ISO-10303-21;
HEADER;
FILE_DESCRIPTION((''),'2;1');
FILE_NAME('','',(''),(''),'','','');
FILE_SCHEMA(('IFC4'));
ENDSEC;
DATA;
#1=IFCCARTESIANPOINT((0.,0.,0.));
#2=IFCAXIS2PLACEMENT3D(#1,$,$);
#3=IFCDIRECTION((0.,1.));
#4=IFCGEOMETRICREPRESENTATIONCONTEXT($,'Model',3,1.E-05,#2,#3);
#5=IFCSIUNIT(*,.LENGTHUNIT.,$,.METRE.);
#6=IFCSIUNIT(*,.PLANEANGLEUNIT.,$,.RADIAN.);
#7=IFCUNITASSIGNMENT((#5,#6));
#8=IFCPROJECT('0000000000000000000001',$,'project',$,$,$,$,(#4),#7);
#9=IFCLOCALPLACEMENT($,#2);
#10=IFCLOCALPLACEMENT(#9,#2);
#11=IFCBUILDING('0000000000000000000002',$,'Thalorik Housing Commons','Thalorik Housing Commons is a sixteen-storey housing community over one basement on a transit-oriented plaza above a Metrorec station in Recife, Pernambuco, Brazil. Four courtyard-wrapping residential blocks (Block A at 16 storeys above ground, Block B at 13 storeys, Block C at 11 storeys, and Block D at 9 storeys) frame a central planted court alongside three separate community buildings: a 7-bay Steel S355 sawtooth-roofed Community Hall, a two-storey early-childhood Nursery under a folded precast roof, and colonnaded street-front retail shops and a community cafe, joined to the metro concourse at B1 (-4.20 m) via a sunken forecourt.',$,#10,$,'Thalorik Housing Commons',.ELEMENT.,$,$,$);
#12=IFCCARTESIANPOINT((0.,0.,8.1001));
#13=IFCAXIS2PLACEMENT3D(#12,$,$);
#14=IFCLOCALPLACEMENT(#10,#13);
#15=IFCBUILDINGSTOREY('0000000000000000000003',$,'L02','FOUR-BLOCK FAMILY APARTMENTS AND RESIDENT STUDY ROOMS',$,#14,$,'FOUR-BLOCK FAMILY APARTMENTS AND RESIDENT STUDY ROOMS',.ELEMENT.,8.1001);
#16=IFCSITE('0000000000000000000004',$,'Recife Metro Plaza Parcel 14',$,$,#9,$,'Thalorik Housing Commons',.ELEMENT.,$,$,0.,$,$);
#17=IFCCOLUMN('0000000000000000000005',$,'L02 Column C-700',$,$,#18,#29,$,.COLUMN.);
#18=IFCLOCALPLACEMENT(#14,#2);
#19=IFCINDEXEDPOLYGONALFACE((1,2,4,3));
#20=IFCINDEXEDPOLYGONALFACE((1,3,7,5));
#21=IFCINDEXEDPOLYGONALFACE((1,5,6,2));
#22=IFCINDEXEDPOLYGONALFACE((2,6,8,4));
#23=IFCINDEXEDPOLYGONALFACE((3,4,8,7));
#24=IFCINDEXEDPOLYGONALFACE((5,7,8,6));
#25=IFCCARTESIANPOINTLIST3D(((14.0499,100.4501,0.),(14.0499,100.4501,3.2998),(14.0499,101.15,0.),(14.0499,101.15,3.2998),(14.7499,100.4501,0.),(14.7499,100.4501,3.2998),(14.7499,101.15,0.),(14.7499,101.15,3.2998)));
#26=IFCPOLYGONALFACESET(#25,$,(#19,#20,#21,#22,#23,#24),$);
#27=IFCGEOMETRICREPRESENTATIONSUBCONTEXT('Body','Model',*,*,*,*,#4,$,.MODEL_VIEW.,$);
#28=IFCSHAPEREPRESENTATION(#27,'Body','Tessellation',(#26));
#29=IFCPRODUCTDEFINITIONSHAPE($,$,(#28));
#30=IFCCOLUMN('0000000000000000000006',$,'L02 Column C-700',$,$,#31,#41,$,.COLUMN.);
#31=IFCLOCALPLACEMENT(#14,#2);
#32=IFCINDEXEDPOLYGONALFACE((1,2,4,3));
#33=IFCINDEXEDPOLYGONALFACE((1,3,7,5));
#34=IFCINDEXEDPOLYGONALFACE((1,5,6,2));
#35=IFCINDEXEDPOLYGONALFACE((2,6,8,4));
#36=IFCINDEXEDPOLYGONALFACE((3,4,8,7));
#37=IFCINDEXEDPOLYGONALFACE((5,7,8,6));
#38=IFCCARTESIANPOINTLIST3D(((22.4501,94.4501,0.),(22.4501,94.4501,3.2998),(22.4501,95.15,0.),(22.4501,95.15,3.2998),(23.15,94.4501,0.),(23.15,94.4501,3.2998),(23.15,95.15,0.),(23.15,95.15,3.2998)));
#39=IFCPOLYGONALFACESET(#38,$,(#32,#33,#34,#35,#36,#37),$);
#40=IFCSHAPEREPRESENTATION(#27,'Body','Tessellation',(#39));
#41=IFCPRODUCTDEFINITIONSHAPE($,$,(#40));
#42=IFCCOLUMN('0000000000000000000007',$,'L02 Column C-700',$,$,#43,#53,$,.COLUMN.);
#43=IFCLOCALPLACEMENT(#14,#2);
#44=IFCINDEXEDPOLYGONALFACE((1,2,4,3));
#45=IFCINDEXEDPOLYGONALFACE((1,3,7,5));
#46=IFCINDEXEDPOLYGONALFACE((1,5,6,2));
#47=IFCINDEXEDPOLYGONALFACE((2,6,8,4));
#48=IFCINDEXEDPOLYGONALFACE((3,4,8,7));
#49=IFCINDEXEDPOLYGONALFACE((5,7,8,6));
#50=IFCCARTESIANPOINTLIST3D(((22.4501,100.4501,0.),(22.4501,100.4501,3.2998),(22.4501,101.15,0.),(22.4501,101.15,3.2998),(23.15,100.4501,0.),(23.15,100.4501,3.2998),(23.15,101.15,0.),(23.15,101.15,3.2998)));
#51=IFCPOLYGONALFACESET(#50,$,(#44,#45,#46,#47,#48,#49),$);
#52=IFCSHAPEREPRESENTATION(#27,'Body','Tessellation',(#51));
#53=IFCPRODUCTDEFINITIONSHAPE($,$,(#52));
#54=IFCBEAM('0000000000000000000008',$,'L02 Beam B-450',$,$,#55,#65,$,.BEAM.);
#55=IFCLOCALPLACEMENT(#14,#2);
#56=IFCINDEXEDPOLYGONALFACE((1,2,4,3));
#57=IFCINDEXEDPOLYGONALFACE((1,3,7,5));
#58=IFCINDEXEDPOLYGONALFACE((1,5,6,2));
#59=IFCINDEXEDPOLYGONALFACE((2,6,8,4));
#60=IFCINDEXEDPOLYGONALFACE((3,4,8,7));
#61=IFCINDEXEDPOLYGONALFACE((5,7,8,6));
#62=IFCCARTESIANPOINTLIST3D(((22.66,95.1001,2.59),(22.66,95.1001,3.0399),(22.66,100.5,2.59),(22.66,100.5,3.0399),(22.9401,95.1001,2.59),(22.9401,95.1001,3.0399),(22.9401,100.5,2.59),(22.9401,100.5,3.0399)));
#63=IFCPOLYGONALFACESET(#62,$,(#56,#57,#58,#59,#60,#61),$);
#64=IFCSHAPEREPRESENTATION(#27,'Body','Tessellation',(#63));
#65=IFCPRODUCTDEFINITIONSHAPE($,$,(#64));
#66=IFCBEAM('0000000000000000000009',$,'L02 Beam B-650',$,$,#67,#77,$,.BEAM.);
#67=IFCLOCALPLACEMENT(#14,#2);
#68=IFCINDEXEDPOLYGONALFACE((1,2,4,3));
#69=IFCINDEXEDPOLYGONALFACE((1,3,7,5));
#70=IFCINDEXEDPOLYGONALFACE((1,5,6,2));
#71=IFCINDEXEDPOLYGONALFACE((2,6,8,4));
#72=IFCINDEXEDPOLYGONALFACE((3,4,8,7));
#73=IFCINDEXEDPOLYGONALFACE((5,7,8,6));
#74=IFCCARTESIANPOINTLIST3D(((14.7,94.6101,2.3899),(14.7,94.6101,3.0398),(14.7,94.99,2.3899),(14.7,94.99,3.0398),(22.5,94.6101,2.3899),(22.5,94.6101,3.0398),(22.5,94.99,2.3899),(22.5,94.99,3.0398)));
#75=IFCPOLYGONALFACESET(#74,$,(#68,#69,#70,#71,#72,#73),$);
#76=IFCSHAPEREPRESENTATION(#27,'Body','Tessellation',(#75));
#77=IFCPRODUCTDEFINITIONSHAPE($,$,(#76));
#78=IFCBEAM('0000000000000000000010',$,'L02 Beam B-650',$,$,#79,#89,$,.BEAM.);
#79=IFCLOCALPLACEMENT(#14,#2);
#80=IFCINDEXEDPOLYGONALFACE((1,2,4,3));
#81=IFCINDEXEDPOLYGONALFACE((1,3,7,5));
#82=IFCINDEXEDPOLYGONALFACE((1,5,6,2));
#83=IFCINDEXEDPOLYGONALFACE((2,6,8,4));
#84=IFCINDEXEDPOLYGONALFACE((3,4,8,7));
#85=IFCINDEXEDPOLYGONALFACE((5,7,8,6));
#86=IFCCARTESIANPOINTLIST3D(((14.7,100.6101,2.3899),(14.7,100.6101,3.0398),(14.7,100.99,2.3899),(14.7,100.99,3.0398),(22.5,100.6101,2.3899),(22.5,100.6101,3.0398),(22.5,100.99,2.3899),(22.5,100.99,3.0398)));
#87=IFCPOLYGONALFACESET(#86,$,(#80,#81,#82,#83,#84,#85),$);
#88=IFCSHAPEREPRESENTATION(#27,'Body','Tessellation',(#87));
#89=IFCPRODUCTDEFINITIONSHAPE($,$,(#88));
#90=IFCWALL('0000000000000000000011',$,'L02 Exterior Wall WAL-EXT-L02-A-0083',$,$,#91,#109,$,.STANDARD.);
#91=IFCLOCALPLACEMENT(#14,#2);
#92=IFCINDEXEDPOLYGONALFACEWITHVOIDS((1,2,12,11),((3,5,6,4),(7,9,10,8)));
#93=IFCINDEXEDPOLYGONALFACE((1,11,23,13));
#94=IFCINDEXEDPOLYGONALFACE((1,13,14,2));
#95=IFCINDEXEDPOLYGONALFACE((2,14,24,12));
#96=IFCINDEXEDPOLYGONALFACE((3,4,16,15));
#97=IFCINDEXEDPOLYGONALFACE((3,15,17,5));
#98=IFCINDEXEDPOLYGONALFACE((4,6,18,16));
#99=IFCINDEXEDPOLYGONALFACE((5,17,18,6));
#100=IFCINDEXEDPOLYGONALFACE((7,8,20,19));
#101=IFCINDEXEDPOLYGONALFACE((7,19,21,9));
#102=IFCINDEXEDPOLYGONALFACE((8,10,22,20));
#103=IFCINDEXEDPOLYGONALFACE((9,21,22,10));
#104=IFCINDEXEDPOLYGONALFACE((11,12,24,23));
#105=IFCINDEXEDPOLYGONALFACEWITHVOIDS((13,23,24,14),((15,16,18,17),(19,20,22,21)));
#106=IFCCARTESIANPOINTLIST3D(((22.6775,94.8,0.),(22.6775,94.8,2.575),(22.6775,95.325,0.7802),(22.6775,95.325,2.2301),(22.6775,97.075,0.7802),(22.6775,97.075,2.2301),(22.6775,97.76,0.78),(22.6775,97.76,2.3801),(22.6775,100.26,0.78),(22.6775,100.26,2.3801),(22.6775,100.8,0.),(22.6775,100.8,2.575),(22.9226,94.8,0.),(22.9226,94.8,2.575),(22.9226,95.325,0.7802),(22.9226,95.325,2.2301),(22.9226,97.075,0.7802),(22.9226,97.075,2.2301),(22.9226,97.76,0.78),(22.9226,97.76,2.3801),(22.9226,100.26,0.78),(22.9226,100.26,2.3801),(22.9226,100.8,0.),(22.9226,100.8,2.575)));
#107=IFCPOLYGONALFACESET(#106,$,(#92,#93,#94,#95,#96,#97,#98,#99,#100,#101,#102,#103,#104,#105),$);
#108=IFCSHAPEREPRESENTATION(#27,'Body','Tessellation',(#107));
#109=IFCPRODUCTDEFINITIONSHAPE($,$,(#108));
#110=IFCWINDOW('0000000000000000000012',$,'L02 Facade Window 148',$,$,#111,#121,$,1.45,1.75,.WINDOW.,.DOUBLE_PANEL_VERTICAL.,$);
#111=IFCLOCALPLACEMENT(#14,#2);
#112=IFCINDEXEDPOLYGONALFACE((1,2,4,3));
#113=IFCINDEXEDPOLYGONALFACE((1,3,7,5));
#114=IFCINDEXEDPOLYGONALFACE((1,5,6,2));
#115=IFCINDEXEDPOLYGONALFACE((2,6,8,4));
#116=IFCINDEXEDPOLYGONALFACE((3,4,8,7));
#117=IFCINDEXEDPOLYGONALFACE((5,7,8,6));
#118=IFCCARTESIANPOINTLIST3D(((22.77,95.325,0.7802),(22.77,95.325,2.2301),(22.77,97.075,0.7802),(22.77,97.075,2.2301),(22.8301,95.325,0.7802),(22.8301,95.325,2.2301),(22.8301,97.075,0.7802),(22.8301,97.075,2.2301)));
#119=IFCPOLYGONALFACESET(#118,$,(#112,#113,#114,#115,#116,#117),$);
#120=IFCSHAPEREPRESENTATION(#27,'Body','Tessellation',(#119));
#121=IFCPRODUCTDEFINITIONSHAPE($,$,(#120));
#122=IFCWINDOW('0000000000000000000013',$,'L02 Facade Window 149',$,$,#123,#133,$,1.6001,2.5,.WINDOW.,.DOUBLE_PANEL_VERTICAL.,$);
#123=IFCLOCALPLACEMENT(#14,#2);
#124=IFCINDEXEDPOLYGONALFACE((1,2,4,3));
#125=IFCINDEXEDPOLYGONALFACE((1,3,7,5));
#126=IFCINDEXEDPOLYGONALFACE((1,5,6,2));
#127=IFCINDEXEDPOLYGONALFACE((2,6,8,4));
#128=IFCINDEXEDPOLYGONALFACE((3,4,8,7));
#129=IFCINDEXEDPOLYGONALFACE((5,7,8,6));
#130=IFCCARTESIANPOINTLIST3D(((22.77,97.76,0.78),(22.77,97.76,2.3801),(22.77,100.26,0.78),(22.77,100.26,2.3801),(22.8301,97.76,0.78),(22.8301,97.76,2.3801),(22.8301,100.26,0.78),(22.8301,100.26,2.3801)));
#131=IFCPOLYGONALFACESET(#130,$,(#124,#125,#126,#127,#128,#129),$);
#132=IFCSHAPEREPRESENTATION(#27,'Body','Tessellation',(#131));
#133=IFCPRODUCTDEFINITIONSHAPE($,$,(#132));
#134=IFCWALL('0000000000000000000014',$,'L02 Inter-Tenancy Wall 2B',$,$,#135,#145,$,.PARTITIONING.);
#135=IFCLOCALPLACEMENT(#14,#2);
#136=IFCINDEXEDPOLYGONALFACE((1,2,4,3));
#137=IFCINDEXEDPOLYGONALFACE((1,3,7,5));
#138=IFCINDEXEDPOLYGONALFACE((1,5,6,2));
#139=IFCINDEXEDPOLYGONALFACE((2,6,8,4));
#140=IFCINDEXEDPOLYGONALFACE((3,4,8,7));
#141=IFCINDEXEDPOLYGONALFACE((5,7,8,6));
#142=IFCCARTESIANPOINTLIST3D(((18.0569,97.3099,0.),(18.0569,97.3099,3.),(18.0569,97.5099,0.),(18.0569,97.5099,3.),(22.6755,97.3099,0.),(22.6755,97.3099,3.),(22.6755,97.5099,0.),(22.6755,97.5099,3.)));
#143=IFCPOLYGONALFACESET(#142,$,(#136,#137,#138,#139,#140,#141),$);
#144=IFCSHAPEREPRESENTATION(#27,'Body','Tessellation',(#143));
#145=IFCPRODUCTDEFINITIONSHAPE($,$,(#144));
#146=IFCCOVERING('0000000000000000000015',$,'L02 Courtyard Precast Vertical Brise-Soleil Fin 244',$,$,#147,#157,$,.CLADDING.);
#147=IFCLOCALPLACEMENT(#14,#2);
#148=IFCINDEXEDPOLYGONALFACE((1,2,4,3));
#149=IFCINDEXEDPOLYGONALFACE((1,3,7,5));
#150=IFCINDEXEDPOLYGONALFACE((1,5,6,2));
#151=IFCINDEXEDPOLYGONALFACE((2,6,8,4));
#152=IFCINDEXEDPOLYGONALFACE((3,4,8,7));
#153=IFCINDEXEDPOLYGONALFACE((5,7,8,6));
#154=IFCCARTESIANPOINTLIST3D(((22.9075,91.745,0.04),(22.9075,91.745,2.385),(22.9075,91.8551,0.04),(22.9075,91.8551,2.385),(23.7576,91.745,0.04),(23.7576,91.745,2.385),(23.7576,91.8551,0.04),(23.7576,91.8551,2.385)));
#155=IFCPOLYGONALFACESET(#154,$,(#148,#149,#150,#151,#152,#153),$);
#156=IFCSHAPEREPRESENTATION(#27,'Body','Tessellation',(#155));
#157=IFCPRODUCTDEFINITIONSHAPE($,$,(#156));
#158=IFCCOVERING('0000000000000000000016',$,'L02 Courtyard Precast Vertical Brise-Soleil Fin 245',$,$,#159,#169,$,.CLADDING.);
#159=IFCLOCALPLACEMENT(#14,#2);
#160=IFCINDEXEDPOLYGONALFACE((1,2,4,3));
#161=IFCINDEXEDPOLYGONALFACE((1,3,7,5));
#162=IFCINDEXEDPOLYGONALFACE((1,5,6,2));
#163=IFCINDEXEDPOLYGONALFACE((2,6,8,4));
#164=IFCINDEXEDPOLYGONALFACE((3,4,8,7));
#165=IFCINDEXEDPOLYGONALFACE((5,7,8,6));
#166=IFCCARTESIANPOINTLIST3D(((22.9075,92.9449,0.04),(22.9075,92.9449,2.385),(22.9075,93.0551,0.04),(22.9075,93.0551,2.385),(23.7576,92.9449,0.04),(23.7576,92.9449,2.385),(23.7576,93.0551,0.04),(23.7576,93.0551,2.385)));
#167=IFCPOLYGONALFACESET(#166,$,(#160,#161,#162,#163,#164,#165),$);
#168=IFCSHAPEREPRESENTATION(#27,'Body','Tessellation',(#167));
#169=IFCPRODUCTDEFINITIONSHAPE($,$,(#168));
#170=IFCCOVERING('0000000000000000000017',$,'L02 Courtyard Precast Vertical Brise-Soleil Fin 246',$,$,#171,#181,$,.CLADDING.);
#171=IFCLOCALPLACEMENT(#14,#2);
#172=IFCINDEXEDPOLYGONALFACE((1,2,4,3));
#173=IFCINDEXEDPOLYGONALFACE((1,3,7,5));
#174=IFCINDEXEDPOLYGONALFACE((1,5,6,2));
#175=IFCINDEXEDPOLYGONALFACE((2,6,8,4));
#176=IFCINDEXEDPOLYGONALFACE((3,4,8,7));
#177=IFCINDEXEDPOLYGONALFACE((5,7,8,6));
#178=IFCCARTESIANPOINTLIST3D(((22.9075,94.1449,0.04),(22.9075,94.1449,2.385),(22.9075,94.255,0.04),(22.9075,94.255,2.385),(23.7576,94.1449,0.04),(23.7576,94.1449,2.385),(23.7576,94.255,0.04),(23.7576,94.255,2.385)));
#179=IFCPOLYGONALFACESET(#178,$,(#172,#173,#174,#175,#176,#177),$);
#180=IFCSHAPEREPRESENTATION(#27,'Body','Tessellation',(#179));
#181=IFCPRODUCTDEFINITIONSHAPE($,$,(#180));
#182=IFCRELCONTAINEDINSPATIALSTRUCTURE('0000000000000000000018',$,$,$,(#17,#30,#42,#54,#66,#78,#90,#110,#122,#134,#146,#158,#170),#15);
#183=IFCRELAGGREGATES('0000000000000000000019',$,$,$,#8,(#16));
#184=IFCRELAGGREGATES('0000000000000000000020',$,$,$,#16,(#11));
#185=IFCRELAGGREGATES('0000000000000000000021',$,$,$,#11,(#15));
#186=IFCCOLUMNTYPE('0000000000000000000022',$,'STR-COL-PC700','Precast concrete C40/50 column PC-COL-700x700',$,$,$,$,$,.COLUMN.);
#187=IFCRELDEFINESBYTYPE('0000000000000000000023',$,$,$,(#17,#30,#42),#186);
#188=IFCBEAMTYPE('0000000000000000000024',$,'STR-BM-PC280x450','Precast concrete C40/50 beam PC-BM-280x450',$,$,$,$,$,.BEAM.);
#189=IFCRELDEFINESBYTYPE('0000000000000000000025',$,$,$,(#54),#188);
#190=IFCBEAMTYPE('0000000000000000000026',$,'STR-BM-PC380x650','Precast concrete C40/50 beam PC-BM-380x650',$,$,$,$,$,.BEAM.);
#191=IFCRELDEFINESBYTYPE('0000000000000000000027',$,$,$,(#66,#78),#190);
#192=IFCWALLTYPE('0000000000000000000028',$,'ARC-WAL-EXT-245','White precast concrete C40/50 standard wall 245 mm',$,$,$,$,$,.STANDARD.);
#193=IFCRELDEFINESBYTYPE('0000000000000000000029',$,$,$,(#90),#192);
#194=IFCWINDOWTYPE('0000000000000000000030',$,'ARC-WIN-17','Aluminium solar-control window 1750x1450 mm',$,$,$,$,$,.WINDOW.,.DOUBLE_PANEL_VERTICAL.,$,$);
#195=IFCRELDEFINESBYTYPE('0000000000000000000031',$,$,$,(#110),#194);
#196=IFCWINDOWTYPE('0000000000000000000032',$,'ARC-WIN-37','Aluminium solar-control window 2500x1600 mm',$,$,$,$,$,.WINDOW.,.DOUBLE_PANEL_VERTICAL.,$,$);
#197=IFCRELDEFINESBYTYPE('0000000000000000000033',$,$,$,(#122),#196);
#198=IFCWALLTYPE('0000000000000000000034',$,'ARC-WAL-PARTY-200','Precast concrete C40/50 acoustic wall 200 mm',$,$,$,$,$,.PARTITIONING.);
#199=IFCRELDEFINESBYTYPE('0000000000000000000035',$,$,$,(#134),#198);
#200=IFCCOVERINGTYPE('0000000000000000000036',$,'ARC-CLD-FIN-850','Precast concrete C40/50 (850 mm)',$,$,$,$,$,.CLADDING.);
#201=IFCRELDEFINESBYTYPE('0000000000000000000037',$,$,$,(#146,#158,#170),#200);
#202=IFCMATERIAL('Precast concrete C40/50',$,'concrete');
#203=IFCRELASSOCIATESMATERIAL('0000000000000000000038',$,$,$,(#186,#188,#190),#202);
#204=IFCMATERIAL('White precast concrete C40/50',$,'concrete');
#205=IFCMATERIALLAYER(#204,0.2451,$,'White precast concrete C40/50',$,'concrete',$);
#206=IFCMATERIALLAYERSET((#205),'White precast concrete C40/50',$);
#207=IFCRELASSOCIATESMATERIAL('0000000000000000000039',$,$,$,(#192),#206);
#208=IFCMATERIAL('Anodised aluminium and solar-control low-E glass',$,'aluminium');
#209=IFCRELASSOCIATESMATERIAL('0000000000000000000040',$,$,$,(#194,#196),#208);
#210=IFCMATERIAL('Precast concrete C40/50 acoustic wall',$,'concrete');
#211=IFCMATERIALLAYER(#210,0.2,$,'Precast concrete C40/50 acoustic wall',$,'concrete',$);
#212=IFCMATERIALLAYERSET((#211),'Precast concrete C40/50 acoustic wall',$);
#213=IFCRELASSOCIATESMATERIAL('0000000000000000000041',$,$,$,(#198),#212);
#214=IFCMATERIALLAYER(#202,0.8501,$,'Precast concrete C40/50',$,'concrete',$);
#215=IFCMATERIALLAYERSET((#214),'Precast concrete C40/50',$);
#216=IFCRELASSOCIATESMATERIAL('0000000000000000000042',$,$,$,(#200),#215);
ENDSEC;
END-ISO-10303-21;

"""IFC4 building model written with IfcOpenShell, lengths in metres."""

from ifc_helpers import new_model, si_unit, direction, frame, frame_2d, origin, origin_2d, place, context, subcontext, project, spatial, rectangle, extrude, material, layer, layer_set, material_profile, profile_set, type_object, element, fill, save


model = new_model("IFC4")

# Units and contexts
model_context = context("Model", 3, precision=1e-05, world=origin(), true_north=direction((0.0, 1.0)))
body_context = subcontext(model_context, "Body", "Model", "MODEL_VIEW")
ifc_project = project(units=[si_unit("LENGTHUNIT", "METRE"), si_unit("PLANEANGLEUNIT", "RADIAN")], contexts=[model_context])

# Site, building, storey
site_placement = place(None, origin())
site = spatial("IfcSite", under=ifc_project, at=site_placement, Name="Recife Metro Plaza Parcel 14", LongName="Thalorik Housing Commons", CompositionType="ELEMENT", RefElevation=0.0)
building_placement = place(site_placement, origin())
building = spatial("IfcBuilding", under=site, at=building_placement, Name="Thalorik Housing Commons", Description="Thalorik Housing Commons is a sixteen-storey housing community over one basement on a transit-oriented plaza above a Metrorec station in Recife, Pernambuco, Brazil. Four courtyard-wrapping residential blocks (Block A at 16 storeys above ground, Block B at 13 storeys, Block C at 11 storeys, and Block D at 9 storeys) frame a central planted court alongside three separate community buildings: a 7-bay Steel S355 sawtooth-roofed Community Hall, a two-storey early-childhood Nursery under a folded precast roof, and colonnaded street-front retail shops and a community cafe, joined to the metro concourse at B1 (-4.20 m) via a sunken forecourt.", LongName="Thalorik Housing Commons", CompositionType="ELEMENT")
storey_placement = place(building_placement, frame((0.0, 0.0, 8.1001)))
storey = spatial("IfcBuildingStorey", under=building, at=storey_placement, Name="L02", Description="FOUR-BLOCK FAMILY APARTMENTS AND RESIDENT STUDY ROOMS", LongName="FOUR-BLOCK FAMILY APARTMENTS AND RESIDENT STUDY ROOMS", CompositionType="ELEMENT", Elevation=8.1001)

# Columns
ifc_material_1 = material(Name="Precast concrete C40/50", Category="concrete")
ifc_material_profile_1 = material_profile(ifc_material_1, rectangle(XDim=0.7, YDim=0.7, at=origin_2d()), Name="PC 700x700", Category="concrete")
ifc_profile_set_1 = profile_set([ifc_material_profile_1], Name="Precast concrete C40/50")
column_type = type_object("IfcColumnType", Name="STR-COL-PC700", Description="Precast concrete C40/50 column PC-COL-700x700", PredefinedType="COLUMN", material=ifc_profile_set_1)
for number, where, z_axis, x_axis, name in (
    (1, (14.3999, 100.8, 0.0), (0.0, 0.0, 1.0), (1.0, 0.0, 0.0), "L02 Column C-700"),
    (2, (22.8, 94.8, 0.0), (0.0, 0.0, 1.0), (1.0, 0.0, 0.0), "L02 Column C-700"),
    (3, (22.8, 100.8, 0.0), (0.0, 0.0, 1.0), (1.0, 0.0, 0.0), "L02 Column C-700"),
):
    element("IfcColumn", number, at=place(storey_placement, frame(where, z_axis=z_axis, x_axis=x_axis)), inside=storey, type_object=column_type, Name=name, PredefinedType="COLUMN", context=body_context, shape_type="SweptSolid", body=[
        extrude(rectangle(XDim=0.7, YDim=0.7, at=origin_2d()), origin(), (0.0, 0.0, 1.0), 3.2998),
    ])

# Beams
ifc_material_profile_2 = material_profile(ifc_material_1, rectangle(XDim=0.28, YDim=0.45, at=origin_2d()), Name="PC 280x450", Category="concrete")
ifc_profile_set_2 = profile_set([ifc_material_profile_2], Name="Precast concrete C40/50")
beam_type_1 = type_object("IfcBeamType", Name="STR-BM-PC280x450", Description="Precast concrete C40/50 beam PC-BM-280x450", PredefinedType="BEAM", material=ifc_profile_set_2)
beam_placement = place(storey_placement, frame((22.8, 95.1001, 2.8149), z_axis=(0.0, 1.0, 0.0), x_axis=(-1.0, 0.0, 0.0)))
element("IfcBeam", 4, at=beam_placement, inside=storey, type_object=beam_type_1, Name="L02 Beam B-450", PredefinedType="BEAM", context=body_context, shape_type="SweptSolid", body=[
    extrude(rectangle(XDim=0.28, YDim=0.45, at=origin_2d()), origin(), (0.0, 0.0, 1.0), 5.3999),
])
ifc_material_profile_3 = material_profile(ifc_material_1, rectangle(XDim=0.3799, YDim=0.6499, at=origin_2d()), Name="PC 380x650", Category="concrete")
ifc_profile_set_3 = profile_set([ifc_material_profile_3], Name="Precast concrete C40/50")
beam_type_2 = type_object("IfcBeamType", Name="STR-BM-PC380x650", Description="Precast concrete C40/50 beam PC-BM-380x650", PredefinedType="BEAM", material=ifc_profile_set_3)
for number, where, z_axis, x_axis, name in (
    (5, (14.7, 94.8, 2.7148), (1.0, 0.0, 0.0), (0.0, 1.0, 0.0), "L02 Beam B-650"),
    (6, (14.7, 100.8, 2.7148), (1.0, 0.0, 0.0), (0.0, 1.0, 0.0), "L02 Beam B-650"),
):
    element("IfcBeam", number, at=place(storey_placement, frame(where, z_axis=z_axis, x_axis=x_axis)), inside=storey, type_object=beam_type_2, Name=name, PredefinedType="BEAM", context=body_context, shape_type="SweptSolid", body=[
        extrude(rectangle(XDim=0.3799, YDim=0.6499, at=origin_2d()), origin(), (0.0, 0.0, 1.0), 7.8),
    ])

# Wall, openings, windows
ifc_material_2 = material(Name="White precast concrete C40/50", Category="concrete")
ifc_layer_1 = layer(ifc_material_2, 0.2451, Name="White precast concrete C40/50", Category="concrete")
ifc_layer_set_1 = layer_set([ifc_layer_1], Name="White precast concrete C40/50")
wall_type_1 = type_object("IfcWallType", Name="ARC-WAL-EXT-245", Description="White precast concrete C40/50 standard wall 245 mm", PredefinedType="STANDARD", material=ifc_layer_set_1)
wall_1_placement = place(storey_placement, frame((22.8, 94.8, 0.0), z_axis=(0.0, 0.0, 1.0), x_axis=(0.0, 1.0, 0.0)))
wall_1 = element("IfcWall", 7, at=wall_1_placement, inside=storey, type_object=wall_type_1, Name="L02 Exterior Wall WAL-EXT-L02-A-0083", PredefinedType="STANDARD", context=body_context, shape_type="SweptSolid", body=[
    extrude(rectangle(XDim=6.0, YDim=0.2451, at=frame_2d((3.0, 0.0))), origin(), (0.0, 0.0, 1.0), 2.575),
])
opening_1_placement = place(wall_1_placement, frame((0.5249, 0.0, 0.78)))
opening_1 = element("IfcOpeningElement", 8, at=opening_1_placement, cuts=wall_1, PredefinedType="OPENING", context=body_context, shape_type="SweptSolid", body=[
    extrude(rectangle(XDim=1.75, YDim=1.45, at=frame_2d((0.875, 0.7251))), frame((0.0, 0.1326, 0.0), z_axis=(0.0, -1.0, 0.0), x_axis=(1.0, 0.0, 0.0)), (0.0, 0.0, 1.0), 0.2651),
])
opening_2_placement = place(wall_1_placement, frame((2.96, 0.0, 0.78)))
opening_2 = element("IfcOpeningElement", 9, at=opening_2_placement, cuts=wall_1, PredefinedType="OPENING", context=body_context, shape_type="SweptSolid", body=[
    extrude(rectangle(XDim=2.5, YDim=1.6001, at=frame_2d((1.25, 0.8))), frame((0.0, 0.1326, 0.0), z_axis=(0.0, -1.0, 0.0), x_axis=(1.0, 0.0, 0.0)), (0.0, 0.0, 1.0), 0.2651),
])
ifc_material_3 = material(Name="Anodised aluminium and solar-control low-E glass", Category="aluminium")
window_type_1 = type_object("IfcWindowType", Name="ARC-WIN-17", Description="Aluminium solar-control window 1750x1450 mm", PartitioningType="DOUBLE_PANEL_VERTICAL", PredefinedType="WINDOW", material=ifc_material_3)
window_1_placement = place(opening_1_placement, origin())
window_1 = element("IfcWindow", 10, at=window_1_placement, inside=storey, type_object=window_type_1, Name="L02 Facade Window 148", OverallHeight=1.45, OverallWidth=1.75, PartitioningType="DOUBLE_PANEL_VERTICAL", PredefinedType="WINDOW", context=body_context, shape_type="SweptSolid", body=[
    extrude(rectangle(XDim=1.75, YDim=1.45, at=frame_2d((0.875, 0.7251))), frame((0.0, 0.03, 0.0), z_axis=(0.0, -1.0, 0.0), x_axis=(1.0, 0.0, 0.0)), (0.0, 0.0, 1.0), 0.0601),
])
fill(opening_1, window_1)
window_type_2 = type_object("IfcWindowType", Name="ARC-WIN-37", Description="Aluminium solar-control window 2500x1600 mm", PartitioningType="DOUBLE_PANEL_VERTICAL", PredefinedType="WINDOW", material=ifc_material_3)
window_2_placement = place(opening_2_placement, origin())
window_2 = element("IfcWindow", 11, at=window_2_placement, inside=storey, type_object=window_type_2, Name="L02 Facade Window 149", OverallHeight=1.6001, OverallWidth=2.5, PartitioningType="DOUBLE_PANEL_VERTICAL", PredefinedType="WINDOW", context=body_context, shape_type="SweptSolid", body=[
    extrude(rectangle(XDim=2.5, YDim=1.6001, at=frame_2d((1.25, 0.8))), frame((0.0, 0.03, 0.0), z_axis=(0.0, -1.0, 0.0), x_axis=(1.0, 0.0, 0.0)), (0.0, 0.0, 1.0), 0.0601),
])
fill(opening_2, window_2)

# Wall
ifc_material_4 = material(Name="Precast concrete C40/50 acoustic wall", Category="concrete")
ifc_layer_2 = layer(ifc_material_4, 0.2, Name="Precast concrete C40/50 acoustic wall", Category="concrete")
ifc_layer_set_2 = layer_set([ifc_layer_2], Name="Precast concrete C40/50 acoustic wall")
wall_type_2 = type_object("IfcWallType", Name="ARC-WAL-PARTY-200", Description="Precast concrete C40/50 acoustic wall 200 mm", PredefinedType="PARTITIONING", material=ifc_layer_set_2)
wall_2_placement = place(storey_placement, frame((18.0569, 97.4099, 0.0), z_axis=(0.0, 0.0, 1.0), x_axis=(1.0, 0.0, 0.0)))
element("IfcWall", 12, at=wall_2_placement, inside=storey, type_object=wall_type_2, Name="L02 Inter-Tenancy Wall 2B", PredefinedType="PARTITIONING", context=body_context, shape_type="SweptSolid", body=[
    extrude(rectangle(XDim=4.6187, YDim=0.2, at=frame_2d((2.3093, 0.0))), origin(), (0.0, 0.0, 1.0), 3.0),
])

# Coverings
ifc_layer_3 = layer(ifc_material_1, 0.8501, Name="Precast concrete C40/50", Category="concrete")
ifc_layer_set_3 = layer_set([ifc_layer_3], Name="Precast concrete C40/50")
covering_type_1 = type_object("IfcCoveringType", Name="ARC-CLD-FIN-850", Description="Precast concrete C40/50 (850 mm)", PredefinedType="CLADDING", material=ifc_layer_set_3)
for number, where, z_axis, x_axis, name in (
    (13, (23.3325, 91.8, 0.04), (0.0, 0.0, 1.0), (0.0, 1.0, 0.0), "L02 Courtyard Precast Vertical Brise-Soleil Fin 244"),
    (14, (23.3325, 93.0, 0.04), (0.0, 0.0, 1.0), (0.0, 1.0, 0.0), "L02 Courtyard Precast Vertical Brise-Soleil Fin 245"),
    (15, (23.3325, 94.2, 0.04), (0.0, 0.0, 1.0), (0.0, 1.0, 0.0), "L02 Courtyard Precast Vertical Brise-Soleil Fin 246"),
):
    element("IfcCovering", number, at=place(storey_placement, frame(where, z_axis=z_axis, x_axis=x_axis)), inside=storey, type_object=covering_type_1, Name=name, PredefinedType="CLADDING", context=body_context, shape_type="SweptSolid", body=[
        extrude(rectangle(XDim=0.1101, YDim=0.8501, at=origin_2d()), origin(), (0.0, 0.0, 1.0), 2.345),
    ])

save(model, "model.ifc")
